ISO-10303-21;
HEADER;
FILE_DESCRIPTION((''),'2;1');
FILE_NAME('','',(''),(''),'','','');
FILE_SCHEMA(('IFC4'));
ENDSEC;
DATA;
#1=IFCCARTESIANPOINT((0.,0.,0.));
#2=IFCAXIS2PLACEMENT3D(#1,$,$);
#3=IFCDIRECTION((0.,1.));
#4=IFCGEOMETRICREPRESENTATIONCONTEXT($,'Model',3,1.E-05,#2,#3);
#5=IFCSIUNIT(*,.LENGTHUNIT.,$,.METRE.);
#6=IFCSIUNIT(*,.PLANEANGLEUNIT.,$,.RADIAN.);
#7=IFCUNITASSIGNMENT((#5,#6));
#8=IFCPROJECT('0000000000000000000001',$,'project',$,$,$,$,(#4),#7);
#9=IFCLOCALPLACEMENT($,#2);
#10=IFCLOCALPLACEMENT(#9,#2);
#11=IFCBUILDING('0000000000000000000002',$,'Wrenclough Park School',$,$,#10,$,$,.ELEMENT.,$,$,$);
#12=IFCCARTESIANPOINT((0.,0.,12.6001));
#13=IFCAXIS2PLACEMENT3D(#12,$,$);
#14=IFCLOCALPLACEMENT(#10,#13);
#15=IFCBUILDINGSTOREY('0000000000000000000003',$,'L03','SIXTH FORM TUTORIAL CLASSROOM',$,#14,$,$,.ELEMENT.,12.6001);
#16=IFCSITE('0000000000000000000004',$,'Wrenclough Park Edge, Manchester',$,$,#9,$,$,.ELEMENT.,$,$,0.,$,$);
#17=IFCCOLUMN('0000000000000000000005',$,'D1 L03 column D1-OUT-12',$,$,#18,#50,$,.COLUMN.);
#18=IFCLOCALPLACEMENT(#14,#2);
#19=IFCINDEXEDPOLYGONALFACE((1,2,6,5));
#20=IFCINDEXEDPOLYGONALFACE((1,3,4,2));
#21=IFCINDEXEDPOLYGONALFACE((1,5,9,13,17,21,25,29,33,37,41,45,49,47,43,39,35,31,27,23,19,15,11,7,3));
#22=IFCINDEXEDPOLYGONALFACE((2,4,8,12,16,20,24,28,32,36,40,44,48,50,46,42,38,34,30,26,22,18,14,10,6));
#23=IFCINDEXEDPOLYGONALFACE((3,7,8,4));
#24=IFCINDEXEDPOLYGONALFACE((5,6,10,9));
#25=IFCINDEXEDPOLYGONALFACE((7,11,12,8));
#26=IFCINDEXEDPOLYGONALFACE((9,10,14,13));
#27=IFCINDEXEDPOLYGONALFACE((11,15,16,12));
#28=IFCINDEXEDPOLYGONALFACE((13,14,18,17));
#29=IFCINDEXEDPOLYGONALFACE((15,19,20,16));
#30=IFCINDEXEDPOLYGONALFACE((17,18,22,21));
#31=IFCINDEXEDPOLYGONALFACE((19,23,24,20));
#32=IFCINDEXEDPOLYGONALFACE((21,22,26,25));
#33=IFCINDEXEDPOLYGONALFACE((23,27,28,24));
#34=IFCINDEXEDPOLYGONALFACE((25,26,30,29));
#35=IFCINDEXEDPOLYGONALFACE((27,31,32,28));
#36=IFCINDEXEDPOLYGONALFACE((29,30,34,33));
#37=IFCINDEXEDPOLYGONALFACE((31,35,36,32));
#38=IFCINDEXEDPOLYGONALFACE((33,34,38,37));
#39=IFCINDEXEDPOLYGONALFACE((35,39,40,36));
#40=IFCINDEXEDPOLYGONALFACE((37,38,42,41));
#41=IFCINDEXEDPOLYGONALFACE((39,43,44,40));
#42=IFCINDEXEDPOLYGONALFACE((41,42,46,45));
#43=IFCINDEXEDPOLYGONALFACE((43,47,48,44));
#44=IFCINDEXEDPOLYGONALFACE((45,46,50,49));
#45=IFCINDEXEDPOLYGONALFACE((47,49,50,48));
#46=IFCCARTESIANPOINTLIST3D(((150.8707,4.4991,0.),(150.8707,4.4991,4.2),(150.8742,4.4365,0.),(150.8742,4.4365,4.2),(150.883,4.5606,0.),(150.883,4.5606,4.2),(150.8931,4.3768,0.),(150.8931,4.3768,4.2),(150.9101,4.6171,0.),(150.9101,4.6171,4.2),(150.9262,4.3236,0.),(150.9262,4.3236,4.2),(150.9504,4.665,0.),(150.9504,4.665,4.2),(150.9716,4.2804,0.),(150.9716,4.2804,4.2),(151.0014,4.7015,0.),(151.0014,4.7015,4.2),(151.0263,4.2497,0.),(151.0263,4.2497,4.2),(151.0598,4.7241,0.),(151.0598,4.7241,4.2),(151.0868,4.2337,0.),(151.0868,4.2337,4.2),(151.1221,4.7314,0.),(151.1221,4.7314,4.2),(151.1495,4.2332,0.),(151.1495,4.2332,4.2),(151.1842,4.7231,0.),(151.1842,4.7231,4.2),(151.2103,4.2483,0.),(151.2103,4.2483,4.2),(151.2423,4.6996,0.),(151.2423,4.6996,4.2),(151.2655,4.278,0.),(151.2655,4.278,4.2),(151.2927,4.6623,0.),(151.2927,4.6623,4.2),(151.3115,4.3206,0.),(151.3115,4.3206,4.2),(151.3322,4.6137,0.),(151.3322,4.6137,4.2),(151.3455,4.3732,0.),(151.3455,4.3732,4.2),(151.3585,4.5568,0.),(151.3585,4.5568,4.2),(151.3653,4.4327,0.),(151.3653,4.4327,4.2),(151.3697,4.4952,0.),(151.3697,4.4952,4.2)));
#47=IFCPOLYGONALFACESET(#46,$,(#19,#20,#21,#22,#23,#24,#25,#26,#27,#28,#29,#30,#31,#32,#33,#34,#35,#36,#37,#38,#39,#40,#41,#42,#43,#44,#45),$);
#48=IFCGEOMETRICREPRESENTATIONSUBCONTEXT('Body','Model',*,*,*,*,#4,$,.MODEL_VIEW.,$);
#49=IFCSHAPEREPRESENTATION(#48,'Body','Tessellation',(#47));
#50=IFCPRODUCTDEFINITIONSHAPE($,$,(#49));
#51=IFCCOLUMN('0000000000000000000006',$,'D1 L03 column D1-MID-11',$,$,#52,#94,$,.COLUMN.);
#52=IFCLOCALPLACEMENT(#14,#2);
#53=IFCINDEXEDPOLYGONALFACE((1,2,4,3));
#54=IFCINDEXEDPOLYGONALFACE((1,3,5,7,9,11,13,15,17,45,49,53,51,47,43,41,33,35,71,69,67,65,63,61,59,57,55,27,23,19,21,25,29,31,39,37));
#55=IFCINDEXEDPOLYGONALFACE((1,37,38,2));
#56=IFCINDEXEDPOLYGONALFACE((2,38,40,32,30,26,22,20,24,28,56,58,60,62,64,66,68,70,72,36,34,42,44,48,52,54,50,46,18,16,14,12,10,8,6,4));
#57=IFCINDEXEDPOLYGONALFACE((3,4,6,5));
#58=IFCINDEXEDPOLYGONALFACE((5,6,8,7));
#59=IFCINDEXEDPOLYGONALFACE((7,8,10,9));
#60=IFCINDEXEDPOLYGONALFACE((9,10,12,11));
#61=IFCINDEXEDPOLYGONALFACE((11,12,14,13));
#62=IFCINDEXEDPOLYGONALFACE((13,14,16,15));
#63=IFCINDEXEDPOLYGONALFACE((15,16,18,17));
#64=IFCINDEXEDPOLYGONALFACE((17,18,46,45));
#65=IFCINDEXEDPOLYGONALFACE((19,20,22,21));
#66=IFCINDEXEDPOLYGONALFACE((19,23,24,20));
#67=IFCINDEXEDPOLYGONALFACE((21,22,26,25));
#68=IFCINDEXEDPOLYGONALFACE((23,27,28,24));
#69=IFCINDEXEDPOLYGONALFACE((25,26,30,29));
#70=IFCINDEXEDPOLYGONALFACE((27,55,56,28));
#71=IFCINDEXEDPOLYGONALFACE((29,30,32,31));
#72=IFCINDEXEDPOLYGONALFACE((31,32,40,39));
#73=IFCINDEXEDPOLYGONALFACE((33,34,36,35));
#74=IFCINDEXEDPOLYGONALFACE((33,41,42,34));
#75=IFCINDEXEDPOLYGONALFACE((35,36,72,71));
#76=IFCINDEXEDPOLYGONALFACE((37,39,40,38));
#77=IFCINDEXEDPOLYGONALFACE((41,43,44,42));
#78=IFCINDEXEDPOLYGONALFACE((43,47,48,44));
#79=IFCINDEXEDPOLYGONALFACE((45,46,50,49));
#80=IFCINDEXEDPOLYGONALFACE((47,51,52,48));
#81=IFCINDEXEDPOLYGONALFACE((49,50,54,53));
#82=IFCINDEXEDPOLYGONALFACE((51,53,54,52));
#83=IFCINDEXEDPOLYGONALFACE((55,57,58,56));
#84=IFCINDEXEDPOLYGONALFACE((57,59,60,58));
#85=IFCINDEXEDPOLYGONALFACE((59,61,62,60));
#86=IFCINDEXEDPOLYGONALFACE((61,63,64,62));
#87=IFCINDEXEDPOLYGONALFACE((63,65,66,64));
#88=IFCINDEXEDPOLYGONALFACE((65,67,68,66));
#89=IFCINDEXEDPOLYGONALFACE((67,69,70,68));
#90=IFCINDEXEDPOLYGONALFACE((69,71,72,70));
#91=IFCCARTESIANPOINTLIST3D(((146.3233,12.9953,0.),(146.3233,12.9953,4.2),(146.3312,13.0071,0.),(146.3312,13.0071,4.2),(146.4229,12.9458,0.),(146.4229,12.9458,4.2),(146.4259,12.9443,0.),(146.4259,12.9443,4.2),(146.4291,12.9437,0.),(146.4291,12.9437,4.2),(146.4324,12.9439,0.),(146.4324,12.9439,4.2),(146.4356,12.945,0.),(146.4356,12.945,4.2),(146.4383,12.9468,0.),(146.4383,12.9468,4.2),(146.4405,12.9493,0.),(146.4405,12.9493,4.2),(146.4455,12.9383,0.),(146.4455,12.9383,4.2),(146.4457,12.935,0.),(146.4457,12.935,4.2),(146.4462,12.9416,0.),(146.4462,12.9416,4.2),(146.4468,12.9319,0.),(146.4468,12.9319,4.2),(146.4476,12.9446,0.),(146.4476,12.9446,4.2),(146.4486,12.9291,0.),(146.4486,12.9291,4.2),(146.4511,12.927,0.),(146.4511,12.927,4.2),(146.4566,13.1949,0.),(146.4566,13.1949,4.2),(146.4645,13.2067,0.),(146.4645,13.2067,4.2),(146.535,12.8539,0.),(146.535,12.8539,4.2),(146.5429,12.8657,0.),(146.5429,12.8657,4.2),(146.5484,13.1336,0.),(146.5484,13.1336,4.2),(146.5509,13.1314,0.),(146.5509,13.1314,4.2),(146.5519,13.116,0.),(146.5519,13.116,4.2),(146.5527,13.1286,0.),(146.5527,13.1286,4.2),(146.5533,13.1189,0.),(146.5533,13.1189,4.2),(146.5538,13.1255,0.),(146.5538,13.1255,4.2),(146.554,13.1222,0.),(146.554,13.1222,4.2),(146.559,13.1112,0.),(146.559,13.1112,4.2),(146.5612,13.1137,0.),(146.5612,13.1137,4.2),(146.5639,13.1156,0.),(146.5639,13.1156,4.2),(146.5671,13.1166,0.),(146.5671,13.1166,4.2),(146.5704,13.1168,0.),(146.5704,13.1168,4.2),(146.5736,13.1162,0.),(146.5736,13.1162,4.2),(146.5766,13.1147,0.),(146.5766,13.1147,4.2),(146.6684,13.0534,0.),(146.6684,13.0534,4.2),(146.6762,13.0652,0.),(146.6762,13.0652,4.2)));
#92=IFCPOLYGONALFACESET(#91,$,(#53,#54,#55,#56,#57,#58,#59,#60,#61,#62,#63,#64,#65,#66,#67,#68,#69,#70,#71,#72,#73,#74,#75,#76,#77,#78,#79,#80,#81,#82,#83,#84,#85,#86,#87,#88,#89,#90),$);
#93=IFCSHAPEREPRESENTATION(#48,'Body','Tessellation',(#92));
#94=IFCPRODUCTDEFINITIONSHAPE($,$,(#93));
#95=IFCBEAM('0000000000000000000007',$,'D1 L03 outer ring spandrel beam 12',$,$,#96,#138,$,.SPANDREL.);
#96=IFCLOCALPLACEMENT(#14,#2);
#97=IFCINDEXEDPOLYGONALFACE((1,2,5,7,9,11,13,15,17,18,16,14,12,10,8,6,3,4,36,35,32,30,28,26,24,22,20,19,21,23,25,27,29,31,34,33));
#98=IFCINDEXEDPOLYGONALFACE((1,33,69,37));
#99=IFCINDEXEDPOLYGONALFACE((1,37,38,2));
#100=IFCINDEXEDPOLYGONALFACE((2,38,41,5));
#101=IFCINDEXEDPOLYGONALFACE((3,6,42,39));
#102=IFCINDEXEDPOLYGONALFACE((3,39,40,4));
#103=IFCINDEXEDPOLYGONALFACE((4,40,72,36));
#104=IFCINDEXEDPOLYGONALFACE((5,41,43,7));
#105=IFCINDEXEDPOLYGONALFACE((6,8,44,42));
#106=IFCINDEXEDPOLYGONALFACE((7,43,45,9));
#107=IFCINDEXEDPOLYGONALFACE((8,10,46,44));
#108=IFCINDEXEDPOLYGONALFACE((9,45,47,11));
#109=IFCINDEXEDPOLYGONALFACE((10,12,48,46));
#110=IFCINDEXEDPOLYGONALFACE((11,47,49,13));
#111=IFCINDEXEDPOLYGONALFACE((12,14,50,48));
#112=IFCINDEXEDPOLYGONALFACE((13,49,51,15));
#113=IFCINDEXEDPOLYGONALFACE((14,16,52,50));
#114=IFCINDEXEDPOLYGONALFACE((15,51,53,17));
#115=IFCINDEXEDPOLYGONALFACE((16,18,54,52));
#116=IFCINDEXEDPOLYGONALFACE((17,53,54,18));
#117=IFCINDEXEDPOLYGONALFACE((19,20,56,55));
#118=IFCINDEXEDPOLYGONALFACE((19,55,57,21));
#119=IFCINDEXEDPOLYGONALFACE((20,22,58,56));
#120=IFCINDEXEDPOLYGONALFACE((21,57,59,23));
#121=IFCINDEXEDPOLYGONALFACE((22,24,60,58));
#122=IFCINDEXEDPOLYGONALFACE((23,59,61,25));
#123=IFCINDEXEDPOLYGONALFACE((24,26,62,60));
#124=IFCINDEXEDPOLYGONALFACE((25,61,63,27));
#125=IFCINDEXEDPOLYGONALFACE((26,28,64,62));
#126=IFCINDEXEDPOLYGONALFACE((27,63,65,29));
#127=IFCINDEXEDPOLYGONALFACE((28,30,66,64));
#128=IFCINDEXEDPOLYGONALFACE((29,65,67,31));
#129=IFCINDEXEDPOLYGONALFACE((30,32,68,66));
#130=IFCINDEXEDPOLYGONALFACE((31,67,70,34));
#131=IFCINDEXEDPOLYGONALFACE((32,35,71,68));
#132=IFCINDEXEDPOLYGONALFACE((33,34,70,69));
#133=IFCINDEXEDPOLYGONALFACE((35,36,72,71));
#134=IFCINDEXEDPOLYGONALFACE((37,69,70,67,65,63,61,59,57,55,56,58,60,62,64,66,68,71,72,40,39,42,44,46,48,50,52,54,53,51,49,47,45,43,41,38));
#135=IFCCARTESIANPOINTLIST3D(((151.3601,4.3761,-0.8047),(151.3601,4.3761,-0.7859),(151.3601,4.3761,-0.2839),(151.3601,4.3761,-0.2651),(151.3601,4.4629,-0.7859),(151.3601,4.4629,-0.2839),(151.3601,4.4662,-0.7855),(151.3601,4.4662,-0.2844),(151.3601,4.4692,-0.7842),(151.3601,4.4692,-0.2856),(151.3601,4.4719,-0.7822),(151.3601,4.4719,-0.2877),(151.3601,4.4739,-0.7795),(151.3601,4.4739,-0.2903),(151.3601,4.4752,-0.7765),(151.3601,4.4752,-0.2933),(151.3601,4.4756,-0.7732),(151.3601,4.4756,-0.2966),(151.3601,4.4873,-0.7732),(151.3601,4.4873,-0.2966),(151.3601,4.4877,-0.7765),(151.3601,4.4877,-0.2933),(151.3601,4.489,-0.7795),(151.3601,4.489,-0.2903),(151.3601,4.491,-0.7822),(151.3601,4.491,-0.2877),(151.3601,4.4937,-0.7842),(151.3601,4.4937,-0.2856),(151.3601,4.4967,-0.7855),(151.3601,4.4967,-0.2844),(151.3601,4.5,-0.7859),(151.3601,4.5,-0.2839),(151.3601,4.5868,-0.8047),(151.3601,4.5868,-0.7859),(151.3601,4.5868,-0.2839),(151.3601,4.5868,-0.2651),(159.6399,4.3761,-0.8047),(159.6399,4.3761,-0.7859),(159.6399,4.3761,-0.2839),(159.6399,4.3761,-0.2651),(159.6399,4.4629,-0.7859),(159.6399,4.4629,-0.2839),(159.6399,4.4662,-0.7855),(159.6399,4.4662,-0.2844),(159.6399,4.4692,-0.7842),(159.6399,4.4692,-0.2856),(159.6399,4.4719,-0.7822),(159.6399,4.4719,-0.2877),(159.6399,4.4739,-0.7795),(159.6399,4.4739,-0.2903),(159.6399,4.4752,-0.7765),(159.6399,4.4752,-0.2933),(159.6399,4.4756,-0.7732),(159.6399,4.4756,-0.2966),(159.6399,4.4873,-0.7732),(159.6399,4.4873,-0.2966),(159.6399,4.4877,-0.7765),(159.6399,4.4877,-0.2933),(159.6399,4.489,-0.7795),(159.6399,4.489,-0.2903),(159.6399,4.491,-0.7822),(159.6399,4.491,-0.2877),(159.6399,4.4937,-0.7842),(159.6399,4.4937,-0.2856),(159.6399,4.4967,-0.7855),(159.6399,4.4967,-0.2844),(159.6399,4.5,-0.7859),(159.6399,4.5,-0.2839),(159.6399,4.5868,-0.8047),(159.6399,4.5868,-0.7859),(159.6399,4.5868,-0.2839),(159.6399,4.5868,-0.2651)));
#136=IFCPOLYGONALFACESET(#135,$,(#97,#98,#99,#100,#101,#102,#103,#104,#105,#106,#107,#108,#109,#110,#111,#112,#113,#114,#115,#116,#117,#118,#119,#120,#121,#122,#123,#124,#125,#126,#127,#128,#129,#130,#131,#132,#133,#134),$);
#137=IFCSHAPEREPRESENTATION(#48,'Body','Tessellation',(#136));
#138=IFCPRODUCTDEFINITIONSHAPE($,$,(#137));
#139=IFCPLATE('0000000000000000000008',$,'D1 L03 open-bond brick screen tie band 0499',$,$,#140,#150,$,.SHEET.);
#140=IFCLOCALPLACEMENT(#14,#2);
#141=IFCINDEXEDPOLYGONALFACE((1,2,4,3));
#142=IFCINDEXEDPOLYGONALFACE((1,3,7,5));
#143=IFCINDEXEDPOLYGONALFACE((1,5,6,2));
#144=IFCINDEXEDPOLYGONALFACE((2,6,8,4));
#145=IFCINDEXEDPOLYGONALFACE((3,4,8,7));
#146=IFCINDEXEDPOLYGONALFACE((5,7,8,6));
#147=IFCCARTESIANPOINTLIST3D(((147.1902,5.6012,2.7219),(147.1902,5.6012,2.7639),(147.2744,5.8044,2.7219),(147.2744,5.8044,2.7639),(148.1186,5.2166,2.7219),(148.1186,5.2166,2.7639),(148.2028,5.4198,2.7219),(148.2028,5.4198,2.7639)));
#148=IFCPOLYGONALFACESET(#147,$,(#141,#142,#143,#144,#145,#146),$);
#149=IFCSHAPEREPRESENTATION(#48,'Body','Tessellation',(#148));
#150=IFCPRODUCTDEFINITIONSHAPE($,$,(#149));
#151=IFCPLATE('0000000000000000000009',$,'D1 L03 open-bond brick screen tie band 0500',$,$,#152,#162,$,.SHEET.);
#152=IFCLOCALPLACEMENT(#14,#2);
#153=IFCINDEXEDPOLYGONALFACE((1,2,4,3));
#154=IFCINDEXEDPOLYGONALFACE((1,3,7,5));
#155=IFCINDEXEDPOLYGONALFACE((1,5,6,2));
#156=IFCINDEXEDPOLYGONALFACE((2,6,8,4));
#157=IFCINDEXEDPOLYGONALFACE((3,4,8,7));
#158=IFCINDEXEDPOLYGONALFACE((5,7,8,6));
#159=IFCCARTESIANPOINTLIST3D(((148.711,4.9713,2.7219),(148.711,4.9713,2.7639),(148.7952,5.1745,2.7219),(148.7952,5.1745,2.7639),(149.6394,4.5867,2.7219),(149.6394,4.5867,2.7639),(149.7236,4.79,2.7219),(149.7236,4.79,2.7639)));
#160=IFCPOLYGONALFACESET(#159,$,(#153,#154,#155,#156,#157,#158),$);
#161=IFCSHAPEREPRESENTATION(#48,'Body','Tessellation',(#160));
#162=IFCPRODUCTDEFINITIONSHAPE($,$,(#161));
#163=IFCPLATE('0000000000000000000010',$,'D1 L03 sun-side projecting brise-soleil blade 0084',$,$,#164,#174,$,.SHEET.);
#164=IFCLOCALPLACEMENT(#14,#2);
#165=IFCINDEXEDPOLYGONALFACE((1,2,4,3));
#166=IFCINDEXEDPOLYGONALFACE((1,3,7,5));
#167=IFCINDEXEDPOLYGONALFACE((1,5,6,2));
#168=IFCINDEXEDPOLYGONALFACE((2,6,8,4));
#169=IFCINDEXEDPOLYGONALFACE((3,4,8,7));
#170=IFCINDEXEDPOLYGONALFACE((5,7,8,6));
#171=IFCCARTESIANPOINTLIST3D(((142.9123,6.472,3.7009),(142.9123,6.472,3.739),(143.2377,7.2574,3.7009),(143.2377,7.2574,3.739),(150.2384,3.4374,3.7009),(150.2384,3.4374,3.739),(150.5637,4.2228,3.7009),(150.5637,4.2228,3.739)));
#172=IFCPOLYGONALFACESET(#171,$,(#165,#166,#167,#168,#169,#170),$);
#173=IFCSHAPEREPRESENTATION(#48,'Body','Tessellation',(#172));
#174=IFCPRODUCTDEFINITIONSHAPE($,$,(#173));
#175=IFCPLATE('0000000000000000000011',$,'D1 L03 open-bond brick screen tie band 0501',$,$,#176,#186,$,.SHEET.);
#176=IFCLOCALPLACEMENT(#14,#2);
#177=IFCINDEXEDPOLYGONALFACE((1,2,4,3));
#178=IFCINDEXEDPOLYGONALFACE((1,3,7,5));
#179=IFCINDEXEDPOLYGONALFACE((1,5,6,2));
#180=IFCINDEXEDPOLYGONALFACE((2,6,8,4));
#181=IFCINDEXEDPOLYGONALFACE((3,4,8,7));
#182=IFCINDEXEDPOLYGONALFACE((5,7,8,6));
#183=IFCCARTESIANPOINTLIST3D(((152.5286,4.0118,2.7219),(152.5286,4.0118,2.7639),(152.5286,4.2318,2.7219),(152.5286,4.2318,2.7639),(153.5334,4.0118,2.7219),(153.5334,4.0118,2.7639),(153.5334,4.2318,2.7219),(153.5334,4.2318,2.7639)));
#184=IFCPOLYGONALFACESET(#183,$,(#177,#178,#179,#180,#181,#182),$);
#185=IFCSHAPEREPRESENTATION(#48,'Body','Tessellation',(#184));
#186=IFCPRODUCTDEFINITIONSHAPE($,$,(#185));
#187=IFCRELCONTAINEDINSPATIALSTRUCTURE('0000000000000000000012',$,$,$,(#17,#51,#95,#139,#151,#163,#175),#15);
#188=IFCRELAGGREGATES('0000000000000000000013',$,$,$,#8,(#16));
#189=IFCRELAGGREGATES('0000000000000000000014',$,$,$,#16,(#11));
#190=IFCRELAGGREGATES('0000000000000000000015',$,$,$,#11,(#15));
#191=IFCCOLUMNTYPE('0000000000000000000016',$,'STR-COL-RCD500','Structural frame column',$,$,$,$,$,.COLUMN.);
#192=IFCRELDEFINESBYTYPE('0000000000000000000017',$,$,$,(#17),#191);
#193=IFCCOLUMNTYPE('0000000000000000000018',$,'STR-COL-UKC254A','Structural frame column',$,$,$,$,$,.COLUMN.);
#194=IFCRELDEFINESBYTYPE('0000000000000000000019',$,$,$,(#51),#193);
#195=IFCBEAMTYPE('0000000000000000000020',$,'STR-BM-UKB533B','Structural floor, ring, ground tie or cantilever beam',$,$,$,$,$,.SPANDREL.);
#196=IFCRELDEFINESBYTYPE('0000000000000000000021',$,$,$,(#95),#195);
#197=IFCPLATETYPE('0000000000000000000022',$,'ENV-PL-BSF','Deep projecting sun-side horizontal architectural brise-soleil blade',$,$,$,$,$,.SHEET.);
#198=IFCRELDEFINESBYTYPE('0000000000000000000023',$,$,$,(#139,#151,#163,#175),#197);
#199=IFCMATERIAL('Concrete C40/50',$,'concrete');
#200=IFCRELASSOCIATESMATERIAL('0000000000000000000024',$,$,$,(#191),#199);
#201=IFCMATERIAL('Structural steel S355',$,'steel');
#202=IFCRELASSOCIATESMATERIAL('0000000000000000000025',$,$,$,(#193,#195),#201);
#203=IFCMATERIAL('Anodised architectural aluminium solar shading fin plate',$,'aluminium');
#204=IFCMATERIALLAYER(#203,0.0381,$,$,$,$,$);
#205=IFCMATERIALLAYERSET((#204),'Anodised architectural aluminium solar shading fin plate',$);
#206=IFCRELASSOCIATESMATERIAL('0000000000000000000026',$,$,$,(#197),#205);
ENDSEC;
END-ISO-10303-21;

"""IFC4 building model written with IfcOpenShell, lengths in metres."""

from ifc_helpers import new_model, si_unit, direction, frame, origin, origin_2d, place, context, subcontext, project, spatial, rectangle, circle, i_section, extrude, material, layer, layer_set, material_profile, profile_set, type_object, element, save


model = new_model("IFC4")

# Units and contexts
model_context = context("Model", 3, precision=1e-05, world=origin(), true_north=direction((0.0, 1.0)))
body_context = subcontext(model_context, "Body", "Model", "MODEL_VIEW")
ifc_project = project(units=[si_unit("LENGTHUNIT", "METRE"), si_unit("PLANEANGLEUNIT", "RADIAN")], contexts=[model_context])

# Site, building, storey
site_placement = place(None, origin())
site = spatial("IfcSite", under=ifc_project, at=site_placement, Name="Wrenclough Park Edge, Manchester", CompositionType="ELEMENT", RefElevation=0.0)
building_placement = place(site_placement, origin())
building = spatial("IfcBuilding", under=site, at=building_placement, Name="Wrenclough Park School", CompositionType="ELEMENT")
storey_placement = place(building_placement, frame((0.0, 0.0, 12.6001)))
storey = spatial("IfcBuildingStorey", under=building, at=storey_placement, Name="L03", Description="SIXTH FORM TUTORIAL CLASSROOM", CompositionType="ELEMENT", Elevation=12.6001)

# Columns
ifc_material_1 = material(Name="Concrete C40/50", Category="concrete")
ifc_material_profile_1 = material_profile(ifc_material_1, circle(Radius=0.25, at=origin_2d()), Name="RC COL D500")
ifc_profile_set_1 = profile_set([ifc_material_profile_1], Name="Concrete C40/50")
column_type_1 = type_object("IfcColumnType", Name="STR-COL-RCD500", Description="Structural frame column", PredefinedType="COLUMN", material=ifc_profile_set_1)
column_1_placement = place(storey_placement, frame((151.1201, 4.4814, 0.0), z_axis=(0.0, 0.0, 1.0), x_axis=(0.980785, -0.19509, 0.0)))
element("IfcColumn", 1, at=column_1_placement, inside=storey, type_object=column_type_1, Name="D1 L03 column D1-OUT-12", PredefinedType="COLUMN", context=body_context, shape_type="SweptSolid", body=[
    extrude(circle(Radius=0.25, at=origin_2d()), origin(), (0.0, 0.0, 1.0), 4.2),
])
ifc_material_2 = material(Name="Structural steel S355", Category="steel")
ifc_material_profile_2 = material_profile(ifc_material_2, i_section(OverallWidth=0.2546, OverallDepth=0.2542, WebThickness=0.0085, FlangeThickness=0.0142, FilletRadius=0.0127, at=origin_2d()), Name="UKC 254x254x73")
ifc_profile_set_2 = profile_set([ifc_material_profile_2], Name="Structural steel S355")
column_type_2 = type_object("IfcColumnType", Name="STR-COL-UKC254A", Description="Structural frame column", PredefinedType="COLUMN", material=ifc_profile_set_2)
column_2_placement = place(storey_placement, frame((146.4998, 13.0303, 0.0), z_axis=(0.0, 0.0, 1.0), x_axis=(0.83147, -0.55557, 0.0)))
element("IfcColumn", 2, at=column_2_placement, inside=storey, type_object=column_type_2, Name="D1 L03 column D1-MID-11", PredefinedType="COLUMN", context=body_context, shape_type="SweptSolid", body=[
    extrude(i_section(OverallWidth=0.2546, OverallDepth=0.2542, WebThickness=0.0085, FlangeThickness=0.0142, FilletRadius=0.0127, at=origin_2d()), origin(), (0.0, 0.0, 1.0), 4.2),
])

# Beam
ifc_material_profile_3 = material_profile(ifc_material_2, i_section(OverallWidth=0.2107, OverallDepth=0.5396, WebThickness=0.0117, FlangeThickness=0.0188, FilletRadius=0.0127, at=origin_2d()), Name="UKB 533x210x109")
ifc_profile_set_3 = profile_set([ifc_material_profile_3], Name="Structural steel S355")
beam_type = type_object("IfcBeamType", Name="STR-BM-UKB533B", Description="Structural floor, ring, ground tie or cantilever beam", PredefinedType="SPANDREL", material=ifc_profile_set_3)
beam_placement = place(storey_placement, frame((151.3601, 4.4814, -0.5349), z_axis=(1.0, 0.0, 0.0), x_axis=(0.0, 1.0, 0.0)))
element("IfcBeam", 3, at=beam_placement, inside=storey, type_object=beam_type, Name="D1 L03 outer ring spandrel beam 12", PredefinedType="SPANDREL", context=body_context, shape_type="SweptSolid", body=[
    extrude(i_section(OverallWidth=0.2107, OverallDepth=0.5396, WebThickness=0.0117, FlangeThickness=0.0188, FilletRadius=0.0127, at=origin_2d()), origin(), (0.0, 0.0, 1.0), 8.2798),
])

# Plates
ifc_material_3 = material(Name="Anodised architectural aluminium solar shading fin plate", Category="aluminium")
ifc_layer_1 = layer(ifc_material_3, 0.0381)
ifc_layer_set_1 = layer_set([ifc_layer_1], Name="Anodised architectural aluminium solar shading fin plate")
plate_type = type_object("IfcPlateType", Name="ENV-PL-BSF", Description="Deep projecting sun-side horizontal architectural brise-soleil blade", PredefinedType="SHEET", material=ifc_layer_set_1)
for number, where, z_axis, x_axis, name in (
    (4, (147.6965, 5.5105, 2.7219), (0.0, 0.0, 1.0), (0.923879, -0.382684, 0.0), "D1 L03 open-bond brick screen tie band 0499"),
    (5, (149.2173, 4.8806, 2.7219), (0.0, 0.0, 1.0), (0.923879, -0.382684, 0.0), "D1 L03 open-bond brick screen tie band 0500"),
):
    element("IfcPlate", number, at=place(storey_placement, frame(where, z_axis=z_axis, x_axis=x_axis)), inside=storey, type_object=plate_type, Name=name, PredefinedType="SHEET", context=body_context, shape_type="SweptSolid", body=[
        extrude(rectangle(XDim=1.0049, YDim=0.22, at=origin_2d()), origin(), (0.0, 0.0, 1.0), 0.042),
    ])
plate_1_placement = place(storey_placement, frame((146.738, 5.3474, 3.7009), z_axis=(0.0, 0.0, 1.0), x_axis=(0.923879, -0.382684, 0.0)))
element("IfcPlate", 6, at=plate_1_placement, inside=storey, type_object=plate_type, Name="D1 L03 sun-side projecting brise-soleil blade 0084", PredefinedType="SHEET", context=body_context, shape_type="SweptSolid", body=[
    extrude(rectangle(XDim=7.9297, YDim=0.8501, at=origin_2d()), origin(), (0.0, 0.0, 1.0), 0.0381),
])
plate_2_placement = place(storey_placement, frame((153.031, 4.1218, 2.7219), z_axis=(0.0, 0.0, 1.0), x_axis=(1.0, 0.0, 0.0)))
element("IfcPlate", 7, at=plate_2_placement, inside=storey, type_object=plate_type, Name="D1 L03 open-bond brick screen tie band 0501", PredefinedType="SHEET", context=body_context, shape_type="SweptSolid", body=[
    extrude(rectangle(XDim=1.0049, YDim=0.22, at=origin_2d()), origin(), (0.0, 0.0, 1.0), 0.042),
])

save(model, "model.ifc")
